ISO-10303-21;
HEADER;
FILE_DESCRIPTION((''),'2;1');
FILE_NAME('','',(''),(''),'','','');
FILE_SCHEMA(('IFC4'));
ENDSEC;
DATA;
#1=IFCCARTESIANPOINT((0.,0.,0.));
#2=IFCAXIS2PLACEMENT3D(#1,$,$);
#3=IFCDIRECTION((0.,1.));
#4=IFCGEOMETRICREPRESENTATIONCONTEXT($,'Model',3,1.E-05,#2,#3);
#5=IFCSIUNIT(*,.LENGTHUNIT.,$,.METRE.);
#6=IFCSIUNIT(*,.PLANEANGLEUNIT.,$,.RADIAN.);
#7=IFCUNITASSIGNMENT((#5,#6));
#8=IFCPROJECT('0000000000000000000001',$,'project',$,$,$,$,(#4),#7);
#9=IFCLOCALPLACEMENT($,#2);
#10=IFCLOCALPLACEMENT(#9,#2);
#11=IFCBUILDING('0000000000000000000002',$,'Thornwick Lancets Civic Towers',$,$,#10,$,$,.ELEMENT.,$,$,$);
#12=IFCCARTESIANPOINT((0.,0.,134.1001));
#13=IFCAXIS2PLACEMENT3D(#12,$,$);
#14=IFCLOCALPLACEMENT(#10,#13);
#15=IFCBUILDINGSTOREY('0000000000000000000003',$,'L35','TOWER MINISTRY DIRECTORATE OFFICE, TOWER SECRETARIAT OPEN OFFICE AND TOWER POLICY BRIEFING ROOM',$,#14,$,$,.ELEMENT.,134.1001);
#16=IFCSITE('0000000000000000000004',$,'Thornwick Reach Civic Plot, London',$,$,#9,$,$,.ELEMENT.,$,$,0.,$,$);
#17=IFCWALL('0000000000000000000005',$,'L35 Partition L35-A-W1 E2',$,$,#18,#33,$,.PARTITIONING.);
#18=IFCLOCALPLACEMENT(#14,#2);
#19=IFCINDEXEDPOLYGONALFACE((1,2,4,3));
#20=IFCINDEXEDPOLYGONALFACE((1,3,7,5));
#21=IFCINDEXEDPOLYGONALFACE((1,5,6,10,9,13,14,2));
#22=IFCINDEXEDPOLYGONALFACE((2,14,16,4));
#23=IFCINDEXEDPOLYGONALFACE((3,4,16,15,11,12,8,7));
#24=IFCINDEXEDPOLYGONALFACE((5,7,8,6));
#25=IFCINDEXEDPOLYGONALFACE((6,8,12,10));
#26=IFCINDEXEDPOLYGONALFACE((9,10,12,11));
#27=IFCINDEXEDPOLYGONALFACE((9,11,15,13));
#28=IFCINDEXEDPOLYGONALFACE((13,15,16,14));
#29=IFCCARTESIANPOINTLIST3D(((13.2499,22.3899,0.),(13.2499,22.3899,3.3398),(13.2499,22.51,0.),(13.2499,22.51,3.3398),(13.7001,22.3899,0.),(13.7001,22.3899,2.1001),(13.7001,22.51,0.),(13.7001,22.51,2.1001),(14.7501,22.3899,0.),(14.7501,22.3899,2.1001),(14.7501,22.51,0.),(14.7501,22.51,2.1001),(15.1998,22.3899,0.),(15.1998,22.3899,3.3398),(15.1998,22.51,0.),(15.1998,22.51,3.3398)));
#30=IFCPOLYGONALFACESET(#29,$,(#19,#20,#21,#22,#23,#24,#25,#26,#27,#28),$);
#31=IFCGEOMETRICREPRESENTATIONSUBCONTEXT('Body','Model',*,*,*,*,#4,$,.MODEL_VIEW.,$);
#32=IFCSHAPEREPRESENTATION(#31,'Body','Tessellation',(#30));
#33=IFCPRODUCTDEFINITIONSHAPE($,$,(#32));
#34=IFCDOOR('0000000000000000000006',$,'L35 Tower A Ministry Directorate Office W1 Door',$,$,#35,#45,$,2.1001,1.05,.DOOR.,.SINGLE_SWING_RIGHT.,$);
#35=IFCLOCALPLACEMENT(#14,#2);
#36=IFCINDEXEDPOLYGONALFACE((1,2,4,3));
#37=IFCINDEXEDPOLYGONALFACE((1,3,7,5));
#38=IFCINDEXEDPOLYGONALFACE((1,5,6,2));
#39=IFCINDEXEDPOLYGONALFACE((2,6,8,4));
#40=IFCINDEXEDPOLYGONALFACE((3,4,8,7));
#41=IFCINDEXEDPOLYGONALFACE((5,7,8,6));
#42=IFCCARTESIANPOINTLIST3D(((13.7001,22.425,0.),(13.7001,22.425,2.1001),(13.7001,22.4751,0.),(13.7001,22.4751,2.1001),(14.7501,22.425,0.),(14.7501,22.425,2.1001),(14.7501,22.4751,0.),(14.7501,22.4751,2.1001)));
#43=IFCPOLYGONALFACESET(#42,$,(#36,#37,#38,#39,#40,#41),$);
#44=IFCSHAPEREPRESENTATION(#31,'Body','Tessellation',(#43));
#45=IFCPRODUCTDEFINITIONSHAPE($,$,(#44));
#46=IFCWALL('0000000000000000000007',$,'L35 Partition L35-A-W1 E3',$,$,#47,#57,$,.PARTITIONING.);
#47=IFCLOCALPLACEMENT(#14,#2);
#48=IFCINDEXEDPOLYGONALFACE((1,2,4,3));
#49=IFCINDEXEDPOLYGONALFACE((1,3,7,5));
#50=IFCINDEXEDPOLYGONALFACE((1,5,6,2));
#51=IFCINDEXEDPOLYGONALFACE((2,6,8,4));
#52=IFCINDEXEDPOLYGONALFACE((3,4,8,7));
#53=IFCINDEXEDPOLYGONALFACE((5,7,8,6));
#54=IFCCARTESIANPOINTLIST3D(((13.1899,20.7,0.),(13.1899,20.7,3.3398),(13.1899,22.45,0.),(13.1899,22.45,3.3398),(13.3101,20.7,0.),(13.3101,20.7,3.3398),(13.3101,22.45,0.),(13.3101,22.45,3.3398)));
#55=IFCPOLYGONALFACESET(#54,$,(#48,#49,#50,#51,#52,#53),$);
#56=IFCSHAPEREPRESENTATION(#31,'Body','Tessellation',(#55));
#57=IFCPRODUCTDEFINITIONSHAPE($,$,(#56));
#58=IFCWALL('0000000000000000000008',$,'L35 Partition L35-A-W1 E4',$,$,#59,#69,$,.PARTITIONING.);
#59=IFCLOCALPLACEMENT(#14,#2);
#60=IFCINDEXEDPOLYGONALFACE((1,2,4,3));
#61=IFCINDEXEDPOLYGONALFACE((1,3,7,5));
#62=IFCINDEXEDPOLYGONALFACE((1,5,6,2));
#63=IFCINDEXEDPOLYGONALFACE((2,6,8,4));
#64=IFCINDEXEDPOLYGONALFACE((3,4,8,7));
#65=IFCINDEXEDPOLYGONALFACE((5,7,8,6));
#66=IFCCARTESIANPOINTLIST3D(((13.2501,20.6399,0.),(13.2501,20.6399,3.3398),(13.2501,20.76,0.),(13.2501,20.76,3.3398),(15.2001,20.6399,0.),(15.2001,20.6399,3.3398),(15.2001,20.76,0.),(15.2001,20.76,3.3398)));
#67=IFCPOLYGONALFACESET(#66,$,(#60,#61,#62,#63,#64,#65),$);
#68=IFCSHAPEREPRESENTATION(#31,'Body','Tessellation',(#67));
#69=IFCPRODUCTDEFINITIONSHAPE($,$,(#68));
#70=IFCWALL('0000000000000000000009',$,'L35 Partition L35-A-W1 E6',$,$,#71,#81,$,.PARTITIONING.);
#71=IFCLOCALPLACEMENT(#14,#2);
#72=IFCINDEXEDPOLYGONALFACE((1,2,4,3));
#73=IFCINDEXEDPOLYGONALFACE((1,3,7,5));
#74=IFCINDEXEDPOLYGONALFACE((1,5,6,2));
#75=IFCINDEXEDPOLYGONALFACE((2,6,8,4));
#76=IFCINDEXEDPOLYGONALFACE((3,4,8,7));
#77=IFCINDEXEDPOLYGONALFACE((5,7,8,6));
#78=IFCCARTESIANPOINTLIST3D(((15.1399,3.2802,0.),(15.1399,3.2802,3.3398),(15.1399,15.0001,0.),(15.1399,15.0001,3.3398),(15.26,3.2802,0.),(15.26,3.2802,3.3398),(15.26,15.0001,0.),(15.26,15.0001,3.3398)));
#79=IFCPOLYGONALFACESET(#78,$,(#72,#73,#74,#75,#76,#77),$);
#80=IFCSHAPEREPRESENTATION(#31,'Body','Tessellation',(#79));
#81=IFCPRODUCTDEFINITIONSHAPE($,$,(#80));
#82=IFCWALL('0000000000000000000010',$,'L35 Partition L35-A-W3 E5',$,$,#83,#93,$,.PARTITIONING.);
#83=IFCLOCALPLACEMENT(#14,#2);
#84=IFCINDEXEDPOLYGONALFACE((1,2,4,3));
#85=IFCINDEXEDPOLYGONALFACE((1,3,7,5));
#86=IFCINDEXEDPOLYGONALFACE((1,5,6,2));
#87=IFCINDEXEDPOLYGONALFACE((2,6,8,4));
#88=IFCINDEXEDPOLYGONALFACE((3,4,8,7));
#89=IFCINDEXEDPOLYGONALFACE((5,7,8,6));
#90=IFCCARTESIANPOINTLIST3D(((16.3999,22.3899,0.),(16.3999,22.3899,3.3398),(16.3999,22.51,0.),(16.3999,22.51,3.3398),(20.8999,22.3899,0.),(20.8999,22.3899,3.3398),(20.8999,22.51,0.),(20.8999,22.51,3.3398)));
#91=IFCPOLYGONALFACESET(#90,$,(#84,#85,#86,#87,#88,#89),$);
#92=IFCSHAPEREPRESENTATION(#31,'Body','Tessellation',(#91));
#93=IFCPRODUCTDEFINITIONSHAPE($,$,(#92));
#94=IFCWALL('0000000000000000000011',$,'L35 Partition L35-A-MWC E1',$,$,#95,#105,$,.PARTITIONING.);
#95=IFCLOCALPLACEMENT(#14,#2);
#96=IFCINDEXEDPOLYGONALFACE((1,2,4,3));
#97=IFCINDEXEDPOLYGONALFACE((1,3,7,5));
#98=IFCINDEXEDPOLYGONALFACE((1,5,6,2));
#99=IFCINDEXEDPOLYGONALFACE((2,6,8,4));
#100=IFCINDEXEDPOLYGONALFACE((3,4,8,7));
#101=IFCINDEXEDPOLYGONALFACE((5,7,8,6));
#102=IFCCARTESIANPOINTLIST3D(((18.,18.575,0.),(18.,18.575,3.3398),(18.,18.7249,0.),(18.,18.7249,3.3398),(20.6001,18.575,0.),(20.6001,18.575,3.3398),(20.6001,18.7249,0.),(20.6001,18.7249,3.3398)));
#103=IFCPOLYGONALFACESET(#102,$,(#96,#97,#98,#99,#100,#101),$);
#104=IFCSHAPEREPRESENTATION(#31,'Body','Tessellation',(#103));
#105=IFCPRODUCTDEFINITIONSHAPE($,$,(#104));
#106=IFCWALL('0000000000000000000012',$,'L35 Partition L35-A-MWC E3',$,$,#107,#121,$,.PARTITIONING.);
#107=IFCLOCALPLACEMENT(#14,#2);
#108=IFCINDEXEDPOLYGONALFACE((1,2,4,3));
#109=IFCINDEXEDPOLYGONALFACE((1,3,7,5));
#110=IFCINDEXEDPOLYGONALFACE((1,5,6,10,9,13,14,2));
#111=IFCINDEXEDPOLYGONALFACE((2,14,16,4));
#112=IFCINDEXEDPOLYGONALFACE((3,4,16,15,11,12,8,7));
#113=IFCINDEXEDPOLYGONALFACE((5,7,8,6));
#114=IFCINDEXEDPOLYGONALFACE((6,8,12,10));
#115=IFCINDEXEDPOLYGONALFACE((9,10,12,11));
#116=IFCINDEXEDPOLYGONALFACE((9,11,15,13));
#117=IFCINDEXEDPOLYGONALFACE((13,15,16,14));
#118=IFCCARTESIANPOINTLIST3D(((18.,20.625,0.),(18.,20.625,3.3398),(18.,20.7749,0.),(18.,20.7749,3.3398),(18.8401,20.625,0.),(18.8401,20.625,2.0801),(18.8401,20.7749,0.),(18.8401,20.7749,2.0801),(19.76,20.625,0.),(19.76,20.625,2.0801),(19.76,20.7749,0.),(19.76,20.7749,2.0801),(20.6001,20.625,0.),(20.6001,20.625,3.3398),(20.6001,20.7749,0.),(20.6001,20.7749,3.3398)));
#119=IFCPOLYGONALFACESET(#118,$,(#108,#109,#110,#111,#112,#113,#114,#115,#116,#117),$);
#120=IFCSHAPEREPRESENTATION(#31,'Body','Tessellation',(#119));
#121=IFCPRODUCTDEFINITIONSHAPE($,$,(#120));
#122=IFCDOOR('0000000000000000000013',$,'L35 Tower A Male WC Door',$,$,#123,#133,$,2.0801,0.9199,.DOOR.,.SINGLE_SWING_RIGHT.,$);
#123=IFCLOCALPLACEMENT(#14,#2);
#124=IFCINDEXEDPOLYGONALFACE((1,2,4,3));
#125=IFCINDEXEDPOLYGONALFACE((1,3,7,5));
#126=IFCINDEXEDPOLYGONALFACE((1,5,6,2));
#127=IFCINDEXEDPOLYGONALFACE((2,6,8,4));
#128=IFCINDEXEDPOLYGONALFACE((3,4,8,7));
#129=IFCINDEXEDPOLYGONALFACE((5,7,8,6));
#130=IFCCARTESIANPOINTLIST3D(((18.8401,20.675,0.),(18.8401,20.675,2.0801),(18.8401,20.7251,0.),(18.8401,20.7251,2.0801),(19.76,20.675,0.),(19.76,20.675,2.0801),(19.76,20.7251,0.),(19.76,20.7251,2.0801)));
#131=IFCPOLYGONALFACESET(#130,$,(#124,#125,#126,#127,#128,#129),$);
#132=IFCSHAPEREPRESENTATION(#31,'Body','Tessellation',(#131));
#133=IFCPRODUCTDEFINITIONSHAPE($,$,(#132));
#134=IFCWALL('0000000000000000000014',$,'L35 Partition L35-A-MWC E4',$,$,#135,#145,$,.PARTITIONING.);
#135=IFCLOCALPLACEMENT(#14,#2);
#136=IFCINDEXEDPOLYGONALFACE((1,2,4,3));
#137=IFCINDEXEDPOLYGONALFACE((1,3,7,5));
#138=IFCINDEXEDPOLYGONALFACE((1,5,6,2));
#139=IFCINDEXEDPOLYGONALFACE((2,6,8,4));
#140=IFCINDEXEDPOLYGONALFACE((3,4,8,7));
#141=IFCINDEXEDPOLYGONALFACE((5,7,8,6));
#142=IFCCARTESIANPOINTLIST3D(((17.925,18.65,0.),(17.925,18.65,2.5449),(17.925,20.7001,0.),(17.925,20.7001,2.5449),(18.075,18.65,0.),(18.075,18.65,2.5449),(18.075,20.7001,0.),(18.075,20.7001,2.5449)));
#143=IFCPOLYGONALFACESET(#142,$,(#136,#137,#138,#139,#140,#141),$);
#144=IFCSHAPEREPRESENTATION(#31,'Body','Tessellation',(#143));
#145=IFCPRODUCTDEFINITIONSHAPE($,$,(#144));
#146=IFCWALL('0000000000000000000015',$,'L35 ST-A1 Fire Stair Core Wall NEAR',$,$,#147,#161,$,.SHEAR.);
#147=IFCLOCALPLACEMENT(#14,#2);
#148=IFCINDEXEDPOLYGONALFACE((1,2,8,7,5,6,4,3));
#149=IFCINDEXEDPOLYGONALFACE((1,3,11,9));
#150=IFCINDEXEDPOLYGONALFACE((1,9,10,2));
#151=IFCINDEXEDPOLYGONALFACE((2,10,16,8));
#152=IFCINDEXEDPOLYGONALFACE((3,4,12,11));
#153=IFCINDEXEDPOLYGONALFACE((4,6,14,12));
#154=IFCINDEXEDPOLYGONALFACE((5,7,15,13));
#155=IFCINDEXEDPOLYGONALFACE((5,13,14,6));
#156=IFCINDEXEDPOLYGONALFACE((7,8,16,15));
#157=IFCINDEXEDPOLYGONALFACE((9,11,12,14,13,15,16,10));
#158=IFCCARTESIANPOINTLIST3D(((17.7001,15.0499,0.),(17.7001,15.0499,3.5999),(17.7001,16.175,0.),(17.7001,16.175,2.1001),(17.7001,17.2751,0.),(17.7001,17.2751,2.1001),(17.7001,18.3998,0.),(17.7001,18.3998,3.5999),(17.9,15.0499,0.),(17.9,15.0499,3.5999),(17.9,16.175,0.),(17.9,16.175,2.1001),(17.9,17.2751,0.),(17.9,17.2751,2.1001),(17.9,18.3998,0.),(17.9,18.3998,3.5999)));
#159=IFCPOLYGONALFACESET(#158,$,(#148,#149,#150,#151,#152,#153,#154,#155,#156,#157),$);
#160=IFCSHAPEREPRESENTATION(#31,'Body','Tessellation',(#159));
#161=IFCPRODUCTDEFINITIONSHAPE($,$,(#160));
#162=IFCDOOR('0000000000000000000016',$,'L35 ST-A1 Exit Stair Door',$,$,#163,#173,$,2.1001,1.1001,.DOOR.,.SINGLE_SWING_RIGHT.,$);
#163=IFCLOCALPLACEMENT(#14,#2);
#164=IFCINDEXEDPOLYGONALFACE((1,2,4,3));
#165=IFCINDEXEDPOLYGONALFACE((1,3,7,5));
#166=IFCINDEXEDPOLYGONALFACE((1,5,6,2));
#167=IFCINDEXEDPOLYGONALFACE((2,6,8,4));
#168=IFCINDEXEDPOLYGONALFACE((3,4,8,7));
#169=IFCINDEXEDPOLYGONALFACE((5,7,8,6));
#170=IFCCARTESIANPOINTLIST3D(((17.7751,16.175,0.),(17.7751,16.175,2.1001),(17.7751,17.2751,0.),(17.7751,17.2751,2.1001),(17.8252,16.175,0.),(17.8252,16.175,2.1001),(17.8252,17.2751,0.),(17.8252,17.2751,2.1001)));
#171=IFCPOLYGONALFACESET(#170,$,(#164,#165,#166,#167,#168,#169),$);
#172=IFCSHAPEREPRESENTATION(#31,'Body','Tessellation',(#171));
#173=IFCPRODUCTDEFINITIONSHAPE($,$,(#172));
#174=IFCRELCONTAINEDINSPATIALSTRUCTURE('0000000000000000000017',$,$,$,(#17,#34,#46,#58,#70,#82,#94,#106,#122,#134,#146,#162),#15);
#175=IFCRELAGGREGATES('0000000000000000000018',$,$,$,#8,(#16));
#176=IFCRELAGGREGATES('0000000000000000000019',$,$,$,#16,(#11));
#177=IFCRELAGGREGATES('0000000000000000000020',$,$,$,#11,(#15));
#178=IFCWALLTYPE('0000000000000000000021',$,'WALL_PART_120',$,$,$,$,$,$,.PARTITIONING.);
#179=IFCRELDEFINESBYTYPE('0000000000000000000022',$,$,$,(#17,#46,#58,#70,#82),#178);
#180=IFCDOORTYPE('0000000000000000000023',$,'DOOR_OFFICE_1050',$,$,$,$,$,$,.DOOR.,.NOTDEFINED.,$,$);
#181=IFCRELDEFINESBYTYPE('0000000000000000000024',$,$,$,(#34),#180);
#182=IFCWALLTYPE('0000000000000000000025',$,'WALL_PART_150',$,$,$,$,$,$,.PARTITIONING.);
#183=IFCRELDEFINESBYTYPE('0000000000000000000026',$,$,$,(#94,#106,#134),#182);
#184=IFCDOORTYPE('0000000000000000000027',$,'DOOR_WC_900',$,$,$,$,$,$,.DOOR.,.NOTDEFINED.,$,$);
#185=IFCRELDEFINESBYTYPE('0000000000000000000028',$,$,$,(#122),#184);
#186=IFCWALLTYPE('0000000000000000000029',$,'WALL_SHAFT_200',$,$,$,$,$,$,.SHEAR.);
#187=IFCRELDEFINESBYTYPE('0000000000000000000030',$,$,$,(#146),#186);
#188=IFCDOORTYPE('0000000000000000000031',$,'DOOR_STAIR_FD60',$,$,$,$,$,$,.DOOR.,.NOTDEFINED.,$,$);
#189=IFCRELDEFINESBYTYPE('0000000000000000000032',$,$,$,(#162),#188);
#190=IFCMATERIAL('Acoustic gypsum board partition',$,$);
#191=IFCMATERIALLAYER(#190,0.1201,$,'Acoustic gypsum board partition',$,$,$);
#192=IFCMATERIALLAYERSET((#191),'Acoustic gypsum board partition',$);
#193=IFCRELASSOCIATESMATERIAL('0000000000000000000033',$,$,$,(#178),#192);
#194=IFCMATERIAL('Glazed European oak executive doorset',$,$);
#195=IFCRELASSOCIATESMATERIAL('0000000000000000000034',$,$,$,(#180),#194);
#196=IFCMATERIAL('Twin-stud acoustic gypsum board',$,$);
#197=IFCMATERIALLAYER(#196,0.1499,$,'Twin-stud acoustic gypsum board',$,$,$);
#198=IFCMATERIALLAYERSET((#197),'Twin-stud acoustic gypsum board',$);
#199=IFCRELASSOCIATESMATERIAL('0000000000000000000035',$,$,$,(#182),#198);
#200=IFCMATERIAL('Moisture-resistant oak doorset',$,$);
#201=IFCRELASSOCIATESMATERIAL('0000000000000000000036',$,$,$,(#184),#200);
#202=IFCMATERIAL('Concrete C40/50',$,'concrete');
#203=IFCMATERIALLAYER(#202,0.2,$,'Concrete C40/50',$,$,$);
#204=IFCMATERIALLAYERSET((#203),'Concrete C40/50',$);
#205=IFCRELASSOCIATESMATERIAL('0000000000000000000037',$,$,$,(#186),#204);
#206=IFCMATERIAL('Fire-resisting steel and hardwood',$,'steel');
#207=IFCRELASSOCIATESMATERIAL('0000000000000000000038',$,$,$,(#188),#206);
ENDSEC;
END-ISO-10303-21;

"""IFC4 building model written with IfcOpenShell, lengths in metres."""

from ifc_helpers import new_model, si_unit, direction, frame, frame_2d, origin, place, context, subcontext, project, spatial, rectangle, extrude, material, layer, layer_set, type_object, element, fill, save


model = new_model("IFC4")

# Units and contexts
model_context = context("Model", 3, precision=1e-05, world=origin(), true_north=direction((0.0, 1.0)))
body_context = subcontext(model_context, "Body", "Model", "MODEL_VIEW")
ifc_project = project(units=[si_unit("LENGTHUNIT", "METRE"), si_unit("PLANEANGLEUNIT", "RADIAN")], contexts=[model_context])

# Site, building, storey
site_placement = place(None, origin())
site = spatial("IfcSite", under=ifc_project, at=site_placement, Name="Thornwick Reach Civic Plot, London", CompositionType="ELEMENT", RefElevation=0.0)
building_placement = place(site_placement, origin())
building = spatial("IfcBuilding", under=site, at=building_placement, Name="Thornwick Lancets Civic Towers", CompositionType="ELEMENT")
storey_placement = place(building_placement, frame((0.0, 0.0, 134.1001)))
storey = spatial("IfcBuildingStorey", under=building, at=storey_placement, Name="L35", Description="TOWER MINISTRY DIRECTORATE OFFICE, TOWER SECRETARIAT OPEN OFFICE AND TOWER POLICY BRIEFING ROOM", CompositionType="ELEMENT", Elevation=134.1001)

# Shared definitions
ifc_material_1 = material(Name="Acoustic gypsum board partition")
ifc_layer_1 = layer(ifc_material_1, 0.1201, Name="Acoustic gypsum board partition")
ifc_layer_set_1 = layer_set([ifc_layer_1], Name="Acoustic gypsum board partition")
wall_type_1 = type_object("IfcWallType", Name="WALL_PART_120", PredefinedType="PARTITIONING", material=ifc_layer_set_1)

# Wall, opening, door
wall_1_placement = place(storey_placement, frame((15.2, 22.45, 0.0), z_axis=(0.0, 0.0, 1.0), x_axis=(-1.0, 0.0, 0.0)))
wall_1 = element("IfcWall", 1, at=wall_1_placement, inside=storey, type_object=wall_type_1, Name="L35 Partition L35-A-W1 E2", PredefinedType="PARTITIONING", context=body_context, shape_type="SweptSolid", body=[
    extrude(rectangle(XDim=1.95, YDim=0.1201, at=frame_2d((0.9751, 0.0))), origin(), (0.0, 0.0, 1.0), 3.3398),
])
opening_1_placement = place(wall_1_placement, frame((0.45, 0.0, 0.0)))
opening_1 = element("IfcOpeningElement", 2, at=opening_1_placement, cuts=wall_1, PredefinedType="OPENING", context=body_context, shape_type="SweptSolid", body=[
    extrude(rectangle(XDim=1.05, YDim=2.1001, at=frame_2d((0.5249, 1.05))), frame((0.0, 0.0701, 0.0), z_axis=(0.0, -1.0, 0.0), x_axis=(1.0, 0.0, 0.0)), (0.0, 0.0, 1.0), 0.1401),
])
ifc_material_2 = material(Name="Glazed European oak executive doorset")
door_type_1 = type_object("IfcDoorType", Name="DOOR_OFFICE_1050", OperationType="NOTDEFINED", PredefinedType="DOOR", material=ifc_material_2)
door_1_placement = place(opening_1_placement, origin())
door_1 = element("IfcDoor", 3, at=door_1_placement, inside=storey, type_object=door_type_1, Name="L35 Tower A Ministry Directorate Office W1 Door", OperationType="SINGLE_SWING_RIGHT", OverallHeight=2.1001, OverallWidth=1.05, PredefinedType="DOOR", context=body_context, shape_type="SweptSolid", body=[
    extrude(rectangle(XDim=1.05, YDim=2.1001, at=frame_2d((0.5249, 1.05))), frame((0.0, 0.0249, 0.0), z_axis=(0.0, -1.0, 0.0), x_axis=(1.0, 0.0, 0.0)), (0.0, 0.0, 1.0), 0.05),
])
fill(opening_1, door_1)

# Walls
wall_2_placement = place(storey_placement, frame((13.25, 22.45, 0.0), z_axis=(0.0, 0.0, 1.0), x_axis=(0.0, -1.0, 0.0)))
element("IfcWall", 4, at=wall_2_placement, inside=storey, type_object=wall_type_1, Name="L35 Partition L35-A-W1 E3", PredefinedType="PARTITIONING", context=body_context, shape_type="SweptSolid", body=[
    extrude(rectangle(XDim=1.75, YDim=0.1201, at=frame_2d((0.875, 0.0))), origin(), (0.0, 0.0, 1.0), 3.3398),
])
wall_3_placement = place(storey_placement, frame((13.25, 20.7, 0.0), z_axis=(0.0, 0.0, 1.0), x_axis=(1.0, 0.0, 0.0)))
element("IfcWall", 5, at=wall_3_placement, inside=storey, type_object=wall_type_1, Name="L35 Partition L35-A-W1 E4", PredefinedType="PARTITIONING", context=body_context, shape_type="SweptSolid", body=[
    extrude(rectangle(XDim=1.95, YDim=0.1201, at=frame_2d((0.9751, 0.0))), origin(), (0.0, 0.0, 1.0), 3.3398),
])
wall_4_placement = place(storey_placement, frame((15.2, 15.0, 0.0), z_axis=(0.0, 0.0, 1.0), x_axis=(0.0, -1.0, 0.0)))
element("IfcWall", 6, at=wall_4_placement, inside=storey, type_object=wall_type_1, Name="L35 Partition L35-A-W1 E6", PredefinedType="PARTITIONING", context=body_context, shape_type="SweptSolid", body=[
    extrude(rectangle(XDim=11.72, YDim=0.1201, at=frame_2d((5.8599, 0.0))), origin(), (0.0, 0.0, 1.0), 3.3398),
])
wall_5_placement = place(storey_placement, frame((20.8999, 22.45, 0.0), z_axis=(0.0, 0.0, 1.0), x_axis=(-1.0, 0.0, 0.0)))
element("IfcWall", 7, at=wall_5_placement, inside=storey, type_object=wall_type_1, Name="L35 Partition L35-A-W3 E5", PredefinedType="PARTITIONING", context=body_context, shape_type="SweptSolid", body=[
    extrude(rectangle(XDim=4.5, YDim=0.1201, at=frame_2d((2.25, 0.0))), origin(), (0.0, 0.0, 1.0), 3.3398),
])
ifc_material_3 = material(Name="Twin-stud acoustic gypsum board")
ifc_layer_2 = layer(ifc_material_3, 0.1499, Name="Twin-stud acoustic gypsum board")
ifc_layer_set_2 = layer_set([ifc_layer_2], Name="Twin-stud acoustic gypsum board")
wall_type_2 = type_object("IfcWallType", Name="WALL_PART_150", PredefinedType="PARTITIONING", material=ifc_layer_set_2)
wall_6_placement = place(storey_placement, frame((18.0, 18.6499, 0.0), z_axis=(0.0, 0.0, 1.0), x_axis=(1.0, 0.0, 0.0)))
element("IfcWall", 8, at=wall_6_placement, inside=storey, type_object=wall_type_2, Name="L35 Partition L35-A-MWC E1", PredefinedType="PARTITIONING", context=body_context, shape_type="SweptSolid", body=[
    extrude(rectangle(XDim=2.6001, YDim=0.1499, at=frame_2d((1.3, 0.0))), origin(), (0.0, 0.0, 1.0), 3.3398),
])

# Wall, opening, door
wall_7_placement = place(storey_placement, frame((20.6001, 20.7, 0.0), z_axis=(0.0, 0.0, 1.0), x_axis=(-1.0, 0.0, 0.0)))
wall_7 = element("IfcWall", 9, at=wall_7_placement, inside=storey, type_object=wall_type_2, Name="L35 Partition L35-A-MWC E3", PredefinedType="PARTITIONING", context=body_context, shape_type="SweptSolid", body=[
    extrude(rectangle(XDim=2.6001, YDim=0.1499, at=frame_2d((1.3, 0.0))), origin(), (0.0, 0.0, 1.0), 3.3398),
])
opening_2_placement = place(wall_7_placement, frame((0.8401, 0.0, 0.0)))
opening_2 = element("IfcOpeningElement", 10, at=opening_2_placement, cuts=wall_7, PredefinedType="OPENING", context=body_context, shape_type="SweptSolid", body=[
    extrude(rectangle(XDim=0.9199, YDim=2.0801, at=frame_2d((0.46, 1.04))), frame((0.0, 0.085, 0.0), z_axis=(0.0, -1.0, 0.0), x_axis=(1.0, 0.0, 0.0)), (0.0, 0.0, 1.0), 0.1699),
])
ifc_material_4 = material(Name="Moisture-resistant oak doorset")
door_type_2 = type_object("IfcDoorType", Name="DOOR_WC_900", OperationType="NOTDEFINED", PredefinedType="DOOR", material=ifc_material_4)
door_2_placement = place(opening_2_placement, origin())
door_2 = element("IfcDoor", 11, at=door_2_placement, inside=storey, type_object=door_type_2, Name="L35 Tower A Male WC Door", OperationType="SINGLE_SWING_RIGHT", OverallHeight=2.0801, OverallWidth=0.9199, PredefinedType="DOOR", context=body_context, shape_type="SweptSolid", body=[
    extrude(rectangle(XDim=0.9199, YDim=2.0801, at=frame_2d((0.46, 1.04))), frame((0.0, 0.0249, 0.0), z_axis=(0.0, -1.0, 0.0), x_axis=(1.0, 0.0, 0.0)), (0.0, 0.0, 1.0), 0.05),
])
fill(opening_2, door_2)

# Wall
wall_8_placement = place(storey_placement, frame((18.0, 20.7, 0.0), z_axis=(0.0, 0.0, 1.0), x_axis=(0.0, -1.0, 0.0)))
element("IfcWall", 12, at=wall_8_placement, inside=storey, type_object=wall_type_2, Name="L35 Partition L35-A-MWC E4", PredefinedType="PARTITIONING", context=body_context, shape_type="SweptSolid", body=[
    extrude(rectangle(XDim=2.05, YDim=0.1499, at=frame_2d((1.0249, 0.0))), origin(), (0.0, 0.0, 1.0), 2.5449),
])

# Wall, opening, door
ifc_material_5 = material(Name="Concrete C40/50", Category="concrete")
ifc_layer_3 = layer(ifc_material_5, 0.2, Name="Concrete C40/50")
ifc_layer_set_3 = layer_set([ifc_layer_3], Name="Concrete C40/50")
wall_type_3 = type_object("IfcWallType", Name="WALL_SHAFT_200", PredefinedType="SHEAR", material=ifc_layer_set_3)
wall_9_placement = place(storey_placement, frame((17.8, 15.05, 0.0), z_axis=(0.0, 0.0, 1.0), x_axis=(0.0, 1.0, 0.0)))
wall_9 = element("IfcWall", 13, at=wall_9_placement, inside=storey, type_object=wall_type_3, Name="L35 ST-A1 Fire Stair Core Wall NEAR", PredefinedType="SHEAR", context=body_context, shape_type="SweptSolid", body=[
    extrude(rectangle(XDim=3.3499, YDim=0.2, at=frame_2d((1.6748, 0.0))), origin(), (0.0, 0.0, 1.0), 3.5999),
])
opening_3_placement = place(wall_9_placement, frame((1.125, 0.0, 0.0)))
opening_3 = element("IfcOpeningElement", 14, at=opening_3_placement, cuts=wall_9, PredefinedType="OPENING", context=body_context, shape_type="SweptSolid", body=[
    extrude(rectangle(XDim=1.1001, YDim=2.1001, at=frame_2d((0.55, 1.05))), frame((0.0, 0.1099, 0.0), z_axis=(0.0, -1.0, 0.0), x_axis=(1.0, 0.0, 0.0)), (0.0, 0.0, 1.0), 0.22),
])
ifc_material_6 = material(Name="Fire-resisting steel and hardwood", Category="steel")
door_type_3 = type_object("IfcDoorType", Name="DOOR_STAIR_FD60", OperationType="NOTDEFINED", PredefinedType="DOOR", material=ifc_material_6)
door_3_placement = place(opening_3_placement, origin())
door_3 = element("IfcDoor", 15, at=door_3_placement, inside=storey, type_object=door_type_3, Name="L35 ST-A1 Exit Stair Door", OperationType="SINGLE_SWING_RIGHT", OverallHeight=2.1001, OverallWidth=1.1001, PredefinedType="DOOR", context=body_context, shape_type="SweptSolid", body=[
    extrude(rectangle(XDim=1.1001, YDim=2.1001, at=frame_2d((0.55, 1.05))), frame((0.0, 0.0249, 0.0), z_axis=(0.0, -1.0, 0.0), x_axis=(1.0, 0.0, 0.0)), (0.0, 0.0, 1.0), 0.05),
])
fill(opening_3, door_3)

save(model, "model.ifc")
